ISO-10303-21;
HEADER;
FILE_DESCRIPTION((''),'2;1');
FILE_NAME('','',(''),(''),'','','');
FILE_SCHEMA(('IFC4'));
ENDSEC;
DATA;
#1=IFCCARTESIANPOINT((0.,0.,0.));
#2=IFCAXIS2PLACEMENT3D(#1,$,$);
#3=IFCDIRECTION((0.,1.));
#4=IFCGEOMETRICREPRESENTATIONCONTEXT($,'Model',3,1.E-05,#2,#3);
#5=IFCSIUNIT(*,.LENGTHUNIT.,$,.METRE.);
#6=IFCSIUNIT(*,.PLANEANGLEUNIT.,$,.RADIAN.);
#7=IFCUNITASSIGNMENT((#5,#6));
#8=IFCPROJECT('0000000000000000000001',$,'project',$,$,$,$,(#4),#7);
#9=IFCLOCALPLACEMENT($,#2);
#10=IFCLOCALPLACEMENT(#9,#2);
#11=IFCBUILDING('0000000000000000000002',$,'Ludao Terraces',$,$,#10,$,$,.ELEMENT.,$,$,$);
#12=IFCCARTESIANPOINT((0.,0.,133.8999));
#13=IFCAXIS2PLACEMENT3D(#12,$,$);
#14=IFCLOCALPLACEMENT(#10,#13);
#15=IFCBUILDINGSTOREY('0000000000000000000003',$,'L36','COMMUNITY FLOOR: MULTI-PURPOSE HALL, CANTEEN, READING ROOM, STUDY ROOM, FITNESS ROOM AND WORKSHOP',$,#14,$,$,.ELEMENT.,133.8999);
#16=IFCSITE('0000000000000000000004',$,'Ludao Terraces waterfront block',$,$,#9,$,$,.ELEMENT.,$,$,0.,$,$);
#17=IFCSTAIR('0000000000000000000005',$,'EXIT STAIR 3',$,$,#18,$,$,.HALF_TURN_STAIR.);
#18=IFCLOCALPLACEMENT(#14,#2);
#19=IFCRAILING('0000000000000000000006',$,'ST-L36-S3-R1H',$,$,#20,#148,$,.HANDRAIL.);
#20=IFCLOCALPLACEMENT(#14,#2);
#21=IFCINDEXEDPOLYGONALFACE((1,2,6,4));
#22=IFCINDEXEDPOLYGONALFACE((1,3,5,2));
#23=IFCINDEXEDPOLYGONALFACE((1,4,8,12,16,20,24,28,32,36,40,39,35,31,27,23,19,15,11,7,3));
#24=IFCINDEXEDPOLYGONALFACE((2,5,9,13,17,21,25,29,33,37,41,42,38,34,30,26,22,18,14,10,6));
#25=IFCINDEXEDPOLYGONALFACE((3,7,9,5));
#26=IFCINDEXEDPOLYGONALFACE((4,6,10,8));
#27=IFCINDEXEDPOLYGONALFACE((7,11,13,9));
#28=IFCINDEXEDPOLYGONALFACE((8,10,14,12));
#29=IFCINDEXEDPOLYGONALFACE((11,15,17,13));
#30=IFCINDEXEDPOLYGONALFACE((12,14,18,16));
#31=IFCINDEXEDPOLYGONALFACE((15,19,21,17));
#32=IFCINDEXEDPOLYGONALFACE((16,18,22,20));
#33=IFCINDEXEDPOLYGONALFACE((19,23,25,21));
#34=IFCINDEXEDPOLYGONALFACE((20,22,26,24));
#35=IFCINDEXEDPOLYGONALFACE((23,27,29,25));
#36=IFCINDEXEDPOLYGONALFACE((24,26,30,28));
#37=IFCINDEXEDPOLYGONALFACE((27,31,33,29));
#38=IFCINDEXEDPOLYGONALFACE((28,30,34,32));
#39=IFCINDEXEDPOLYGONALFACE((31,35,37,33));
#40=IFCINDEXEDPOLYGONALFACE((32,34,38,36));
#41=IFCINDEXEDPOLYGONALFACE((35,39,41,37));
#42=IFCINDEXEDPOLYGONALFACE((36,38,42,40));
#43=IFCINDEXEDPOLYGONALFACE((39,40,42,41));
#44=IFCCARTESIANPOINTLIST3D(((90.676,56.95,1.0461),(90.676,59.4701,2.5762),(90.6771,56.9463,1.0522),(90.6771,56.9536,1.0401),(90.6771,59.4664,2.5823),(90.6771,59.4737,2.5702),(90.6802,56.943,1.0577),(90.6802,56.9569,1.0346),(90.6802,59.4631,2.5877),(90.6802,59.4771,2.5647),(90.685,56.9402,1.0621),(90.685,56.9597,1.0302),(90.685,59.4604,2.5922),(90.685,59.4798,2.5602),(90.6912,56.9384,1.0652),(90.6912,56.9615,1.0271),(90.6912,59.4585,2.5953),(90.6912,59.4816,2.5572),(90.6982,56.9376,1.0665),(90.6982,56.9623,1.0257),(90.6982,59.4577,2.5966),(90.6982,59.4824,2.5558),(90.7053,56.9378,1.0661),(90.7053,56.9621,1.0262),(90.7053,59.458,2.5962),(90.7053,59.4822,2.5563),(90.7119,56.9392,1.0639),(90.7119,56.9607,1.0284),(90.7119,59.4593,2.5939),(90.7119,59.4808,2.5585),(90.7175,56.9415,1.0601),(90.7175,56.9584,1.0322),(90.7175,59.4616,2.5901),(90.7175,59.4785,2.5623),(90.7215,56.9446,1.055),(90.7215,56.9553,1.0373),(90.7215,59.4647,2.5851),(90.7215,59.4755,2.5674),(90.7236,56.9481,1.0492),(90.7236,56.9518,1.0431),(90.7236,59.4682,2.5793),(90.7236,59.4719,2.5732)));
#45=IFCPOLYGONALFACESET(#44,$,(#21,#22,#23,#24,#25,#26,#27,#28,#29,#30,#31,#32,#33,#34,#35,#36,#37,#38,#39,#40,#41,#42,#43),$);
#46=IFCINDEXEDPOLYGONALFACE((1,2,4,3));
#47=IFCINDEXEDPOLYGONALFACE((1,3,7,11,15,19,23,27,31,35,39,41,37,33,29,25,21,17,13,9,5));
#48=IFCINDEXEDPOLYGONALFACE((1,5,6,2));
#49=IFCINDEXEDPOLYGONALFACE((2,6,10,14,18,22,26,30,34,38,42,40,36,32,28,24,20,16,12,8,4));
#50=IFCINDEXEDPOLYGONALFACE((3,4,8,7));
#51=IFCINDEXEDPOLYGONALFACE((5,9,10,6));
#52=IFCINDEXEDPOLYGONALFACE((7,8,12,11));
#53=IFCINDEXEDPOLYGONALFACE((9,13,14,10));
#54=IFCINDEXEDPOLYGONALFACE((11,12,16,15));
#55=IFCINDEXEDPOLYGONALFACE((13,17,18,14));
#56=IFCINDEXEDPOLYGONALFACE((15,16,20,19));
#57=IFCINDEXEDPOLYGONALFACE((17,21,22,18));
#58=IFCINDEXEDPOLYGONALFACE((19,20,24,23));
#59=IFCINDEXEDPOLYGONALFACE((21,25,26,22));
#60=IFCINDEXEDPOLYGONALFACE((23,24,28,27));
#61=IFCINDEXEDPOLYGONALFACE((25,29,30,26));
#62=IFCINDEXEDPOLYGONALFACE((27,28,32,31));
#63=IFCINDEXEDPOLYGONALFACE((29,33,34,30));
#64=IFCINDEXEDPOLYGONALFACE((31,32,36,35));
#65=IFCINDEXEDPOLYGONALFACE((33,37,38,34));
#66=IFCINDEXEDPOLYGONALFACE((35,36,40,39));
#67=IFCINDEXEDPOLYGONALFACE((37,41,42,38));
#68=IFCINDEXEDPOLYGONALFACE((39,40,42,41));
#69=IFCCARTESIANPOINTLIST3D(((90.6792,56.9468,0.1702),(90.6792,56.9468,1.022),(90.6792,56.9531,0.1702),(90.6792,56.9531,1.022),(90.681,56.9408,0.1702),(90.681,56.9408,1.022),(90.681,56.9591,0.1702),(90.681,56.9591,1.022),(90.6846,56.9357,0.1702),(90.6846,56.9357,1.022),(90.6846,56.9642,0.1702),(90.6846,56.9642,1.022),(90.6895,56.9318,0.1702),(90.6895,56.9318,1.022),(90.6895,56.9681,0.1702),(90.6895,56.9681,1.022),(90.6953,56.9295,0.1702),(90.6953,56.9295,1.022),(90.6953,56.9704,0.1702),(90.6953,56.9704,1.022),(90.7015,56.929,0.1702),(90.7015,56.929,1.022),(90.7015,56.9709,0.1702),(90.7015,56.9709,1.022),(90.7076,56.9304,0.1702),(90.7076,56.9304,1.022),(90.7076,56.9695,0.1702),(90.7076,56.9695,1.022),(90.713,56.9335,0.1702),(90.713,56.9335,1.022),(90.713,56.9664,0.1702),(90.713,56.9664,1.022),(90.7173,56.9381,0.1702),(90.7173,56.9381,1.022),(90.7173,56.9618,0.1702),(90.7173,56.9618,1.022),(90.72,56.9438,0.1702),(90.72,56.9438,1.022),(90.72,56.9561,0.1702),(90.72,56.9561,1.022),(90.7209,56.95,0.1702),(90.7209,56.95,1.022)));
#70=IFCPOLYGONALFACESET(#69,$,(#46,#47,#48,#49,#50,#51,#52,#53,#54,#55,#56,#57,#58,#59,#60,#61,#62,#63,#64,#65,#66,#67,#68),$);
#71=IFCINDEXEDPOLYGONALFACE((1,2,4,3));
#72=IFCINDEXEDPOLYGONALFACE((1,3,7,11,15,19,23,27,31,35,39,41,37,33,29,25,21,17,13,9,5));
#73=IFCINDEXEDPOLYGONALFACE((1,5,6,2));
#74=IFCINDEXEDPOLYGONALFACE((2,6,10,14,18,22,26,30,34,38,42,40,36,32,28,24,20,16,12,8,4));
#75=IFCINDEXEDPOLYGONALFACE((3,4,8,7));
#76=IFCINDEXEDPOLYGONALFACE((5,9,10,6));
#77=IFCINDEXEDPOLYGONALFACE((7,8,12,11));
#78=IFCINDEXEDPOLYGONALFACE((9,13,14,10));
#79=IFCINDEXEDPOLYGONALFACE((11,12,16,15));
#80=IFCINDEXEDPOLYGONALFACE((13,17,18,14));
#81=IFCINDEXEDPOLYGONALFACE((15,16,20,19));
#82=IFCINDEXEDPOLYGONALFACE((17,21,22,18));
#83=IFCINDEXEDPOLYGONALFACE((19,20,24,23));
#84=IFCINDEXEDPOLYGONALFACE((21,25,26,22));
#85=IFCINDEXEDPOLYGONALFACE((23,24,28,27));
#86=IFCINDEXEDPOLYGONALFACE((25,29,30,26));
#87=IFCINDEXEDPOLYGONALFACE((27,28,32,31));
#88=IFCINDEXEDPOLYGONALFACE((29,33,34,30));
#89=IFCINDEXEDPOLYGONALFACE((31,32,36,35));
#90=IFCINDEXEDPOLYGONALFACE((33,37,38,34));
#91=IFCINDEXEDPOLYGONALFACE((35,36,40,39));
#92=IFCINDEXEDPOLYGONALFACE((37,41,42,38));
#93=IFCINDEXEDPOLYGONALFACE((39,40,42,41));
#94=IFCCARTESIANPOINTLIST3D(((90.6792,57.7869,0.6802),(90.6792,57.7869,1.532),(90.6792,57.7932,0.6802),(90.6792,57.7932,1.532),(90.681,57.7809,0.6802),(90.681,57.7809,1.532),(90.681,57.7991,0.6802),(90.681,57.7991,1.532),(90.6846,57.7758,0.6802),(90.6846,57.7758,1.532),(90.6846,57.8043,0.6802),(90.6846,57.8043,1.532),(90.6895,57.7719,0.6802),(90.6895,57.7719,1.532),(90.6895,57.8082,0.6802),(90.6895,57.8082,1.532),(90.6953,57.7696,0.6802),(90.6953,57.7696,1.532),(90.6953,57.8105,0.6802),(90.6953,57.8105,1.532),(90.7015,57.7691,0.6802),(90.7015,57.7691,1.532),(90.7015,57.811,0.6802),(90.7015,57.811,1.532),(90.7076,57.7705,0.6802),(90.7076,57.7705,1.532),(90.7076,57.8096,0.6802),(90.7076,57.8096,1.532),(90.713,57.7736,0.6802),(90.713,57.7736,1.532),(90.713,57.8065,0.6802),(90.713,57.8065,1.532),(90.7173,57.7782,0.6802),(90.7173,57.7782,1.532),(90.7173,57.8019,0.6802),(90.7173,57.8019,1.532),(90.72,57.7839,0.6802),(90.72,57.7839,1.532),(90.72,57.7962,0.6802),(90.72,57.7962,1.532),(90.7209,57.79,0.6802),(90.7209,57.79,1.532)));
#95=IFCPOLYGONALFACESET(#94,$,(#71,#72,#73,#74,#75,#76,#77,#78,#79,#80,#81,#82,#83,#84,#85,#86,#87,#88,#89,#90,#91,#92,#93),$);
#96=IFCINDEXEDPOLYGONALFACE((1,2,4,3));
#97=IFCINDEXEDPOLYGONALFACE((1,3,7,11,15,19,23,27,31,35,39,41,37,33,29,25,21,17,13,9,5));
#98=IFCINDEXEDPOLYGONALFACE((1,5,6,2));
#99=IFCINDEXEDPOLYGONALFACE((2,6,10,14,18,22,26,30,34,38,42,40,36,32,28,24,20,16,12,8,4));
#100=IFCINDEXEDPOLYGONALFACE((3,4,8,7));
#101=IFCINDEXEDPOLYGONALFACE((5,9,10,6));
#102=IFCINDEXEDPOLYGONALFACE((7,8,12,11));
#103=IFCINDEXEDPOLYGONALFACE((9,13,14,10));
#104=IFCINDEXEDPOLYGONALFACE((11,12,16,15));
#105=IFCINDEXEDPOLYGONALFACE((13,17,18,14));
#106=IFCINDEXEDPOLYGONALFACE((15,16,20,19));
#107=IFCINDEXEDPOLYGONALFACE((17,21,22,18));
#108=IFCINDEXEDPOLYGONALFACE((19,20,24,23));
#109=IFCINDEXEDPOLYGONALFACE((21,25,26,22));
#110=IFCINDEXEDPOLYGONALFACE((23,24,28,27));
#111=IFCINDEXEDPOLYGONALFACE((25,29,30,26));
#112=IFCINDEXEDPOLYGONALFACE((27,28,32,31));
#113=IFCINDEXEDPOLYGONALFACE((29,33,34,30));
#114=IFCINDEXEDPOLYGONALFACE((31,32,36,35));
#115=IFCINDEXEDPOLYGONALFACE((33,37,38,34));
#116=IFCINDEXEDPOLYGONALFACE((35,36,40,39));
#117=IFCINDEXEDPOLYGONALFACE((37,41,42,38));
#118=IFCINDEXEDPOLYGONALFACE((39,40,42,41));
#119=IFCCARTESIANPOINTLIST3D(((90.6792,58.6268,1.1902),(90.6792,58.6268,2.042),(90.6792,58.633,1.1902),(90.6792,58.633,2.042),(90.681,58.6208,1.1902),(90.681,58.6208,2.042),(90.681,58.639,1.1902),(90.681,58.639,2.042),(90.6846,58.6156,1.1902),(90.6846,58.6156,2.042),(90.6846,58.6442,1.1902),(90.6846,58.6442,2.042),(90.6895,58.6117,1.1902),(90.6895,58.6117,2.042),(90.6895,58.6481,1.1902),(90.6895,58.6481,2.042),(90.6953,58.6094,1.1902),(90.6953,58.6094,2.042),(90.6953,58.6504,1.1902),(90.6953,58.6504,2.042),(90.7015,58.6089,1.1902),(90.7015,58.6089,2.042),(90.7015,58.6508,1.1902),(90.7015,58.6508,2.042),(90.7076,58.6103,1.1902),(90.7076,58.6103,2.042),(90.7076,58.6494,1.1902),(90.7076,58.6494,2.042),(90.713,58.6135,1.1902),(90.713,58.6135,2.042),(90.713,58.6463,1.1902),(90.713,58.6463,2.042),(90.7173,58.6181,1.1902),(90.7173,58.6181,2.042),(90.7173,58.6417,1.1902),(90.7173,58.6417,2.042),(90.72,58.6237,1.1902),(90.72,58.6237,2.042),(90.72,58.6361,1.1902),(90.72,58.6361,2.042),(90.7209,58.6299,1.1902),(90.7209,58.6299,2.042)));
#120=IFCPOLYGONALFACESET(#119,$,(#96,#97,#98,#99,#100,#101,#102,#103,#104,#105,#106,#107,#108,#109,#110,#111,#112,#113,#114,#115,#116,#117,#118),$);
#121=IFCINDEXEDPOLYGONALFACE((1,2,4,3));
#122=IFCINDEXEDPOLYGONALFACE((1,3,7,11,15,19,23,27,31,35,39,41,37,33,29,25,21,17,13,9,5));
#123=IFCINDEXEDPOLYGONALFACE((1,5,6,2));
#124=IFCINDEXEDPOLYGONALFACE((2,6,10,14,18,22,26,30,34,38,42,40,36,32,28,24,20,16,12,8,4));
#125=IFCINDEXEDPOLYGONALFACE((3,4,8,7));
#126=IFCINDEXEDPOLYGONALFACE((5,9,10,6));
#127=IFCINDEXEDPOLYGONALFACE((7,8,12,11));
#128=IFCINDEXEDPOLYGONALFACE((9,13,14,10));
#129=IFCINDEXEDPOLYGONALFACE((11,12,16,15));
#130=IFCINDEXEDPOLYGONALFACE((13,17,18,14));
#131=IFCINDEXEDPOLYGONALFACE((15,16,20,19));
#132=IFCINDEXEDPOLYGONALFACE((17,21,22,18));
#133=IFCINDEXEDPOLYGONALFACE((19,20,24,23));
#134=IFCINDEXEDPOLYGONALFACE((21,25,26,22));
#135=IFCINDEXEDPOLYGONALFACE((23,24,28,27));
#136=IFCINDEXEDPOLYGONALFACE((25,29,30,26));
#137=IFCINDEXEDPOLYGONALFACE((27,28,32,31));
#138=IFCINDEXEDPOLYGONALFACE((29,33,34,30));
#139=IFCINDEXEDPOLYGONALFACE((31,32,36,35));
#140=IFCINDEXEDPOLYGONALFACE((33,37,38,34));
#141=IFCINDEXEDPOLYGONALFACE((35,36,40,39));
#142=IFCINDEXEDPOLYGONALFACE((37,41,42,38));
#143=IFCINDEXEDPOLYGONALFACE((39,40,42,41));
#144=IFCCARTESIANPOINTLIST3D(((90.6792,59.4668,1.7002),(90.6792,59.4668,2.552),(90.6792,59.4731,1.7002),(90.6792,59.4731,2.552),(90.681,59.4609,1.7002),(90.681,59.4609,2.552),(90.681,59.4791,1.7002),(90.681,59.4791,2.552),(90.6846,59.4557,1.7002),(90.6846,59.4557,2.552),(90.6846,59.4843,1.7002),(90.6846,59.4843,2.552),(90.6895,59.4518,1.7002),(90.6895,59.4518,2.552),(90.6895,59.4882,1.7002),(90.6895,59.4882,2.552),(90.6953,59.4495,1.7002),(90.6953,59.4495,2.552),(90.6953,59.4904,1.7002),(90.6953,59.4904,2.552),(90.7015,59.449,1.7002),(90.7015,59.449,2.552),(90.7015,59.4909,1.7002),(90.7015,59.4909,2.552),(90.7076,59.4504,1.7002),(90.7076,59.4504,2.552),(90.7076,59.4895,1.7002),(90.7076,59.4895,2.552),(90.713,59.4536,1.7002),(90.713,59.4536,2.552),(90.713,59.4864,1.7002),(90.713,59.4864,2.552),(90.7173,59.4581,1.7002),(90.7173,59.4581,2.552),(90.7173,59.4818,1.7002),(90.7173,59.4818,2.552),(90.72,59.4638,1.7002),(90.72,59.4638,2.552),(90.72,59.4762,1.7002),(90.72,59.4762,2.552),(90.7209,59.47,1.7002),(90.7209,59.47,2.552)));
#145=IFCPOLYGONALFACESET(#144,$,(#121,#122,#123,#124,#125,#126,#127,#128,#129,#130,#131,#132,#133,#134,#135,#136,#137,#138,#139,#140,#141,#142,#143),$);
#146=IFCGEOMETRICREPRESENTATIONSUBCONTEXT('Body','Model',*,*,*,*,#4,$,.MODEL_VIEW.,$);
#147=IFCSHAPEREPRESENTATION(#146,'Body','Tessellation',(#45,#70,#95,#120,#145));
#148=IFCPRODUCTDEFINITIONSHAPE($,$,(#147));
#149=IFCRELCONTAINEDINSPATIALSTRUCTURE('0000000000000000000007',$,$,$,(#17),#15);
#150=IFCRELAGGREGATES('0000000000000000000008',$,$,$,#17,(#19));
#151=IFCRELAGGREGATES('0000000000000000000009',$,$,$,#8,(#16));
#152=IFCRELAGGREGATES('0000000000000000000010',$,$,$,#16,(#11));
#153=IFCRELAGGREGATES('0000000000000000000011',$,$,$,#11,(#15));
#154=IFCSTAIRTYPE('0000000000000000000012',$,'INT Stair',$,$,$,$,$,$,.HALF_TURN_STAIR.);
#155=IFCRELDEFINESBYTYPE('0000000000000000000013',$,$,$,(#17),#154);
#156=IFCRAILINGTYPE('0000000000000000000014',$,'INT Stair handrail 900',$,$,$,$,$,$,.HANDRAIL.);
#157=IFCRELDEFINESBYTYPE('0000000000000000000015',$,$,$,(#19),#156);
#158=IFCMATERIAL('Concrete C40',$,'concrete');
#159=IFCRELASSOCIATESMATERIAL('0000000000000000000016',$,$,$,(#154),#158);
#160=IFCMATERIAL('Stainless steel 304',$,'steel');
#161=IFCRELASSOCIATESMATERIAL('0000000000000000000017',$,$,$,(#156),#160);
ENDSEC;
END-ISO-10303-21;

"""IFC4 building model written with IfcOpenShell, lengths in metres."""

from ifc_helpers import new_model, si_unit, direction, frame, origin, origin_2d, place, context, subcontext, project, spatial, circle, extrude, material, type_object, element, aggregate, save


model = new_model("IFC4")

# Units and contexts
model_context = context("Model", 3, precision=1e-05, world=origin(), true_north=direction((0.0, 1.0)))
body_context = subcontext(model_context, "Body", "Model", "MODEL_VIEW")
ifc_project = project(units=[si_unit("LENGTHUNIT", "METRE"), si_unit("PLANEANGLEUNIT", "RADIAN")], contexts=[model_context])

# Site, building, storey
site_placement = place(None, origin())
site = spatial("IfcSite", under=ifc_project, at=site_placement, Name="Ludao Terraces waterfront block", CompositionType="ELEMENT", RefElevation=0.0)
building_placement = place(site_placement, origin())
building = spatial("IfcBuilding", under=site, at=building_placement, Name="Ludao Terraces", CompositionType="ELEMENT")
storey_placement = place(building_placement, frame((0.0, 0.0, 133.8999)))
storey = spatial("IfcBuildingStorey", under=building, at=storey_placement, Name="L36", Description="COMMUNITY FLOOR: MULTI-PURPOSE HALL, CANTEEN, READING ROOM, STUDY ROOM, FITNESS ROOM AND WORKSHOP", CompositionType="ELEMENT", Elevation=133.8999)

# Shared definitions
ifc_material_1 = material(Name="Concrete C40", Category="concrete")

# Shared definitions
ifc_material_2 = material(Name="Stainless steel 304", Category="steel")

# Stair, railing
stair_type = type_object("IfcStairType", Name="INT Stair", PredefinedType="HALF_TURN_STAIR", material=ifc_material_1)
stair_placement = place(storey_placement, origin())
stair = element("IfcStair", 1, at=stair_placement, inside=storey, type_object=stair_type, Name="EXIT STAIR 3", PredefinedType="HALF_TURN_STAIR")
railing_type_1 = type_object("IfcRailingType", Name="INT Stair handrail 900", PredefinedType="HANDRAIL", material=ifc_material_2)
railing_1_placement = place(storey_placement, frame((90.7, 56.95, 0.1702)))
railing_1 = element("IfcRailing", 2, at=railing_1_placement, type_object=railing_type_1, Name="ST-L36-S3-R1H", PredefinedType="HANDRAIL", context=body_context, shape_type="SweptSolid", body=[
    extrude(circle(Radius=0.0239, at=origin_2d()), frame((0.0, 0.0, 0.876), z_axis=(0.0, 0.854785, 0.518982), x_axis=(-1.0, 0.0, 0.0)), (0.0, 0.0, 1.0), 2.9482),
    extrude(circle(Radius=0.021, at=origin_2d()), origin(), (0.0, 0.0, 1.0), 0.8518),
    extrude(circle(Radius=0.021, at=origin_2d()), frame((0.0, 0.8401, 0.51)), (0.0, 0.0, 1.0), 0.8518),
    extrude(circle(Radius=0.021, at=origin_2d()), frame((0.0, 1.6799, 1.02)), (0.0, 0.0, 1.0), 0.8518),
    extrude(circle(Radius=0.021, at=origin_2d()), frame((0.0, 2.52, 1.53)), (0.0, 0.0, 1.0), 0.8518),
])
aggregate(stair, [railing_1])

save(model, "model.ifc")
